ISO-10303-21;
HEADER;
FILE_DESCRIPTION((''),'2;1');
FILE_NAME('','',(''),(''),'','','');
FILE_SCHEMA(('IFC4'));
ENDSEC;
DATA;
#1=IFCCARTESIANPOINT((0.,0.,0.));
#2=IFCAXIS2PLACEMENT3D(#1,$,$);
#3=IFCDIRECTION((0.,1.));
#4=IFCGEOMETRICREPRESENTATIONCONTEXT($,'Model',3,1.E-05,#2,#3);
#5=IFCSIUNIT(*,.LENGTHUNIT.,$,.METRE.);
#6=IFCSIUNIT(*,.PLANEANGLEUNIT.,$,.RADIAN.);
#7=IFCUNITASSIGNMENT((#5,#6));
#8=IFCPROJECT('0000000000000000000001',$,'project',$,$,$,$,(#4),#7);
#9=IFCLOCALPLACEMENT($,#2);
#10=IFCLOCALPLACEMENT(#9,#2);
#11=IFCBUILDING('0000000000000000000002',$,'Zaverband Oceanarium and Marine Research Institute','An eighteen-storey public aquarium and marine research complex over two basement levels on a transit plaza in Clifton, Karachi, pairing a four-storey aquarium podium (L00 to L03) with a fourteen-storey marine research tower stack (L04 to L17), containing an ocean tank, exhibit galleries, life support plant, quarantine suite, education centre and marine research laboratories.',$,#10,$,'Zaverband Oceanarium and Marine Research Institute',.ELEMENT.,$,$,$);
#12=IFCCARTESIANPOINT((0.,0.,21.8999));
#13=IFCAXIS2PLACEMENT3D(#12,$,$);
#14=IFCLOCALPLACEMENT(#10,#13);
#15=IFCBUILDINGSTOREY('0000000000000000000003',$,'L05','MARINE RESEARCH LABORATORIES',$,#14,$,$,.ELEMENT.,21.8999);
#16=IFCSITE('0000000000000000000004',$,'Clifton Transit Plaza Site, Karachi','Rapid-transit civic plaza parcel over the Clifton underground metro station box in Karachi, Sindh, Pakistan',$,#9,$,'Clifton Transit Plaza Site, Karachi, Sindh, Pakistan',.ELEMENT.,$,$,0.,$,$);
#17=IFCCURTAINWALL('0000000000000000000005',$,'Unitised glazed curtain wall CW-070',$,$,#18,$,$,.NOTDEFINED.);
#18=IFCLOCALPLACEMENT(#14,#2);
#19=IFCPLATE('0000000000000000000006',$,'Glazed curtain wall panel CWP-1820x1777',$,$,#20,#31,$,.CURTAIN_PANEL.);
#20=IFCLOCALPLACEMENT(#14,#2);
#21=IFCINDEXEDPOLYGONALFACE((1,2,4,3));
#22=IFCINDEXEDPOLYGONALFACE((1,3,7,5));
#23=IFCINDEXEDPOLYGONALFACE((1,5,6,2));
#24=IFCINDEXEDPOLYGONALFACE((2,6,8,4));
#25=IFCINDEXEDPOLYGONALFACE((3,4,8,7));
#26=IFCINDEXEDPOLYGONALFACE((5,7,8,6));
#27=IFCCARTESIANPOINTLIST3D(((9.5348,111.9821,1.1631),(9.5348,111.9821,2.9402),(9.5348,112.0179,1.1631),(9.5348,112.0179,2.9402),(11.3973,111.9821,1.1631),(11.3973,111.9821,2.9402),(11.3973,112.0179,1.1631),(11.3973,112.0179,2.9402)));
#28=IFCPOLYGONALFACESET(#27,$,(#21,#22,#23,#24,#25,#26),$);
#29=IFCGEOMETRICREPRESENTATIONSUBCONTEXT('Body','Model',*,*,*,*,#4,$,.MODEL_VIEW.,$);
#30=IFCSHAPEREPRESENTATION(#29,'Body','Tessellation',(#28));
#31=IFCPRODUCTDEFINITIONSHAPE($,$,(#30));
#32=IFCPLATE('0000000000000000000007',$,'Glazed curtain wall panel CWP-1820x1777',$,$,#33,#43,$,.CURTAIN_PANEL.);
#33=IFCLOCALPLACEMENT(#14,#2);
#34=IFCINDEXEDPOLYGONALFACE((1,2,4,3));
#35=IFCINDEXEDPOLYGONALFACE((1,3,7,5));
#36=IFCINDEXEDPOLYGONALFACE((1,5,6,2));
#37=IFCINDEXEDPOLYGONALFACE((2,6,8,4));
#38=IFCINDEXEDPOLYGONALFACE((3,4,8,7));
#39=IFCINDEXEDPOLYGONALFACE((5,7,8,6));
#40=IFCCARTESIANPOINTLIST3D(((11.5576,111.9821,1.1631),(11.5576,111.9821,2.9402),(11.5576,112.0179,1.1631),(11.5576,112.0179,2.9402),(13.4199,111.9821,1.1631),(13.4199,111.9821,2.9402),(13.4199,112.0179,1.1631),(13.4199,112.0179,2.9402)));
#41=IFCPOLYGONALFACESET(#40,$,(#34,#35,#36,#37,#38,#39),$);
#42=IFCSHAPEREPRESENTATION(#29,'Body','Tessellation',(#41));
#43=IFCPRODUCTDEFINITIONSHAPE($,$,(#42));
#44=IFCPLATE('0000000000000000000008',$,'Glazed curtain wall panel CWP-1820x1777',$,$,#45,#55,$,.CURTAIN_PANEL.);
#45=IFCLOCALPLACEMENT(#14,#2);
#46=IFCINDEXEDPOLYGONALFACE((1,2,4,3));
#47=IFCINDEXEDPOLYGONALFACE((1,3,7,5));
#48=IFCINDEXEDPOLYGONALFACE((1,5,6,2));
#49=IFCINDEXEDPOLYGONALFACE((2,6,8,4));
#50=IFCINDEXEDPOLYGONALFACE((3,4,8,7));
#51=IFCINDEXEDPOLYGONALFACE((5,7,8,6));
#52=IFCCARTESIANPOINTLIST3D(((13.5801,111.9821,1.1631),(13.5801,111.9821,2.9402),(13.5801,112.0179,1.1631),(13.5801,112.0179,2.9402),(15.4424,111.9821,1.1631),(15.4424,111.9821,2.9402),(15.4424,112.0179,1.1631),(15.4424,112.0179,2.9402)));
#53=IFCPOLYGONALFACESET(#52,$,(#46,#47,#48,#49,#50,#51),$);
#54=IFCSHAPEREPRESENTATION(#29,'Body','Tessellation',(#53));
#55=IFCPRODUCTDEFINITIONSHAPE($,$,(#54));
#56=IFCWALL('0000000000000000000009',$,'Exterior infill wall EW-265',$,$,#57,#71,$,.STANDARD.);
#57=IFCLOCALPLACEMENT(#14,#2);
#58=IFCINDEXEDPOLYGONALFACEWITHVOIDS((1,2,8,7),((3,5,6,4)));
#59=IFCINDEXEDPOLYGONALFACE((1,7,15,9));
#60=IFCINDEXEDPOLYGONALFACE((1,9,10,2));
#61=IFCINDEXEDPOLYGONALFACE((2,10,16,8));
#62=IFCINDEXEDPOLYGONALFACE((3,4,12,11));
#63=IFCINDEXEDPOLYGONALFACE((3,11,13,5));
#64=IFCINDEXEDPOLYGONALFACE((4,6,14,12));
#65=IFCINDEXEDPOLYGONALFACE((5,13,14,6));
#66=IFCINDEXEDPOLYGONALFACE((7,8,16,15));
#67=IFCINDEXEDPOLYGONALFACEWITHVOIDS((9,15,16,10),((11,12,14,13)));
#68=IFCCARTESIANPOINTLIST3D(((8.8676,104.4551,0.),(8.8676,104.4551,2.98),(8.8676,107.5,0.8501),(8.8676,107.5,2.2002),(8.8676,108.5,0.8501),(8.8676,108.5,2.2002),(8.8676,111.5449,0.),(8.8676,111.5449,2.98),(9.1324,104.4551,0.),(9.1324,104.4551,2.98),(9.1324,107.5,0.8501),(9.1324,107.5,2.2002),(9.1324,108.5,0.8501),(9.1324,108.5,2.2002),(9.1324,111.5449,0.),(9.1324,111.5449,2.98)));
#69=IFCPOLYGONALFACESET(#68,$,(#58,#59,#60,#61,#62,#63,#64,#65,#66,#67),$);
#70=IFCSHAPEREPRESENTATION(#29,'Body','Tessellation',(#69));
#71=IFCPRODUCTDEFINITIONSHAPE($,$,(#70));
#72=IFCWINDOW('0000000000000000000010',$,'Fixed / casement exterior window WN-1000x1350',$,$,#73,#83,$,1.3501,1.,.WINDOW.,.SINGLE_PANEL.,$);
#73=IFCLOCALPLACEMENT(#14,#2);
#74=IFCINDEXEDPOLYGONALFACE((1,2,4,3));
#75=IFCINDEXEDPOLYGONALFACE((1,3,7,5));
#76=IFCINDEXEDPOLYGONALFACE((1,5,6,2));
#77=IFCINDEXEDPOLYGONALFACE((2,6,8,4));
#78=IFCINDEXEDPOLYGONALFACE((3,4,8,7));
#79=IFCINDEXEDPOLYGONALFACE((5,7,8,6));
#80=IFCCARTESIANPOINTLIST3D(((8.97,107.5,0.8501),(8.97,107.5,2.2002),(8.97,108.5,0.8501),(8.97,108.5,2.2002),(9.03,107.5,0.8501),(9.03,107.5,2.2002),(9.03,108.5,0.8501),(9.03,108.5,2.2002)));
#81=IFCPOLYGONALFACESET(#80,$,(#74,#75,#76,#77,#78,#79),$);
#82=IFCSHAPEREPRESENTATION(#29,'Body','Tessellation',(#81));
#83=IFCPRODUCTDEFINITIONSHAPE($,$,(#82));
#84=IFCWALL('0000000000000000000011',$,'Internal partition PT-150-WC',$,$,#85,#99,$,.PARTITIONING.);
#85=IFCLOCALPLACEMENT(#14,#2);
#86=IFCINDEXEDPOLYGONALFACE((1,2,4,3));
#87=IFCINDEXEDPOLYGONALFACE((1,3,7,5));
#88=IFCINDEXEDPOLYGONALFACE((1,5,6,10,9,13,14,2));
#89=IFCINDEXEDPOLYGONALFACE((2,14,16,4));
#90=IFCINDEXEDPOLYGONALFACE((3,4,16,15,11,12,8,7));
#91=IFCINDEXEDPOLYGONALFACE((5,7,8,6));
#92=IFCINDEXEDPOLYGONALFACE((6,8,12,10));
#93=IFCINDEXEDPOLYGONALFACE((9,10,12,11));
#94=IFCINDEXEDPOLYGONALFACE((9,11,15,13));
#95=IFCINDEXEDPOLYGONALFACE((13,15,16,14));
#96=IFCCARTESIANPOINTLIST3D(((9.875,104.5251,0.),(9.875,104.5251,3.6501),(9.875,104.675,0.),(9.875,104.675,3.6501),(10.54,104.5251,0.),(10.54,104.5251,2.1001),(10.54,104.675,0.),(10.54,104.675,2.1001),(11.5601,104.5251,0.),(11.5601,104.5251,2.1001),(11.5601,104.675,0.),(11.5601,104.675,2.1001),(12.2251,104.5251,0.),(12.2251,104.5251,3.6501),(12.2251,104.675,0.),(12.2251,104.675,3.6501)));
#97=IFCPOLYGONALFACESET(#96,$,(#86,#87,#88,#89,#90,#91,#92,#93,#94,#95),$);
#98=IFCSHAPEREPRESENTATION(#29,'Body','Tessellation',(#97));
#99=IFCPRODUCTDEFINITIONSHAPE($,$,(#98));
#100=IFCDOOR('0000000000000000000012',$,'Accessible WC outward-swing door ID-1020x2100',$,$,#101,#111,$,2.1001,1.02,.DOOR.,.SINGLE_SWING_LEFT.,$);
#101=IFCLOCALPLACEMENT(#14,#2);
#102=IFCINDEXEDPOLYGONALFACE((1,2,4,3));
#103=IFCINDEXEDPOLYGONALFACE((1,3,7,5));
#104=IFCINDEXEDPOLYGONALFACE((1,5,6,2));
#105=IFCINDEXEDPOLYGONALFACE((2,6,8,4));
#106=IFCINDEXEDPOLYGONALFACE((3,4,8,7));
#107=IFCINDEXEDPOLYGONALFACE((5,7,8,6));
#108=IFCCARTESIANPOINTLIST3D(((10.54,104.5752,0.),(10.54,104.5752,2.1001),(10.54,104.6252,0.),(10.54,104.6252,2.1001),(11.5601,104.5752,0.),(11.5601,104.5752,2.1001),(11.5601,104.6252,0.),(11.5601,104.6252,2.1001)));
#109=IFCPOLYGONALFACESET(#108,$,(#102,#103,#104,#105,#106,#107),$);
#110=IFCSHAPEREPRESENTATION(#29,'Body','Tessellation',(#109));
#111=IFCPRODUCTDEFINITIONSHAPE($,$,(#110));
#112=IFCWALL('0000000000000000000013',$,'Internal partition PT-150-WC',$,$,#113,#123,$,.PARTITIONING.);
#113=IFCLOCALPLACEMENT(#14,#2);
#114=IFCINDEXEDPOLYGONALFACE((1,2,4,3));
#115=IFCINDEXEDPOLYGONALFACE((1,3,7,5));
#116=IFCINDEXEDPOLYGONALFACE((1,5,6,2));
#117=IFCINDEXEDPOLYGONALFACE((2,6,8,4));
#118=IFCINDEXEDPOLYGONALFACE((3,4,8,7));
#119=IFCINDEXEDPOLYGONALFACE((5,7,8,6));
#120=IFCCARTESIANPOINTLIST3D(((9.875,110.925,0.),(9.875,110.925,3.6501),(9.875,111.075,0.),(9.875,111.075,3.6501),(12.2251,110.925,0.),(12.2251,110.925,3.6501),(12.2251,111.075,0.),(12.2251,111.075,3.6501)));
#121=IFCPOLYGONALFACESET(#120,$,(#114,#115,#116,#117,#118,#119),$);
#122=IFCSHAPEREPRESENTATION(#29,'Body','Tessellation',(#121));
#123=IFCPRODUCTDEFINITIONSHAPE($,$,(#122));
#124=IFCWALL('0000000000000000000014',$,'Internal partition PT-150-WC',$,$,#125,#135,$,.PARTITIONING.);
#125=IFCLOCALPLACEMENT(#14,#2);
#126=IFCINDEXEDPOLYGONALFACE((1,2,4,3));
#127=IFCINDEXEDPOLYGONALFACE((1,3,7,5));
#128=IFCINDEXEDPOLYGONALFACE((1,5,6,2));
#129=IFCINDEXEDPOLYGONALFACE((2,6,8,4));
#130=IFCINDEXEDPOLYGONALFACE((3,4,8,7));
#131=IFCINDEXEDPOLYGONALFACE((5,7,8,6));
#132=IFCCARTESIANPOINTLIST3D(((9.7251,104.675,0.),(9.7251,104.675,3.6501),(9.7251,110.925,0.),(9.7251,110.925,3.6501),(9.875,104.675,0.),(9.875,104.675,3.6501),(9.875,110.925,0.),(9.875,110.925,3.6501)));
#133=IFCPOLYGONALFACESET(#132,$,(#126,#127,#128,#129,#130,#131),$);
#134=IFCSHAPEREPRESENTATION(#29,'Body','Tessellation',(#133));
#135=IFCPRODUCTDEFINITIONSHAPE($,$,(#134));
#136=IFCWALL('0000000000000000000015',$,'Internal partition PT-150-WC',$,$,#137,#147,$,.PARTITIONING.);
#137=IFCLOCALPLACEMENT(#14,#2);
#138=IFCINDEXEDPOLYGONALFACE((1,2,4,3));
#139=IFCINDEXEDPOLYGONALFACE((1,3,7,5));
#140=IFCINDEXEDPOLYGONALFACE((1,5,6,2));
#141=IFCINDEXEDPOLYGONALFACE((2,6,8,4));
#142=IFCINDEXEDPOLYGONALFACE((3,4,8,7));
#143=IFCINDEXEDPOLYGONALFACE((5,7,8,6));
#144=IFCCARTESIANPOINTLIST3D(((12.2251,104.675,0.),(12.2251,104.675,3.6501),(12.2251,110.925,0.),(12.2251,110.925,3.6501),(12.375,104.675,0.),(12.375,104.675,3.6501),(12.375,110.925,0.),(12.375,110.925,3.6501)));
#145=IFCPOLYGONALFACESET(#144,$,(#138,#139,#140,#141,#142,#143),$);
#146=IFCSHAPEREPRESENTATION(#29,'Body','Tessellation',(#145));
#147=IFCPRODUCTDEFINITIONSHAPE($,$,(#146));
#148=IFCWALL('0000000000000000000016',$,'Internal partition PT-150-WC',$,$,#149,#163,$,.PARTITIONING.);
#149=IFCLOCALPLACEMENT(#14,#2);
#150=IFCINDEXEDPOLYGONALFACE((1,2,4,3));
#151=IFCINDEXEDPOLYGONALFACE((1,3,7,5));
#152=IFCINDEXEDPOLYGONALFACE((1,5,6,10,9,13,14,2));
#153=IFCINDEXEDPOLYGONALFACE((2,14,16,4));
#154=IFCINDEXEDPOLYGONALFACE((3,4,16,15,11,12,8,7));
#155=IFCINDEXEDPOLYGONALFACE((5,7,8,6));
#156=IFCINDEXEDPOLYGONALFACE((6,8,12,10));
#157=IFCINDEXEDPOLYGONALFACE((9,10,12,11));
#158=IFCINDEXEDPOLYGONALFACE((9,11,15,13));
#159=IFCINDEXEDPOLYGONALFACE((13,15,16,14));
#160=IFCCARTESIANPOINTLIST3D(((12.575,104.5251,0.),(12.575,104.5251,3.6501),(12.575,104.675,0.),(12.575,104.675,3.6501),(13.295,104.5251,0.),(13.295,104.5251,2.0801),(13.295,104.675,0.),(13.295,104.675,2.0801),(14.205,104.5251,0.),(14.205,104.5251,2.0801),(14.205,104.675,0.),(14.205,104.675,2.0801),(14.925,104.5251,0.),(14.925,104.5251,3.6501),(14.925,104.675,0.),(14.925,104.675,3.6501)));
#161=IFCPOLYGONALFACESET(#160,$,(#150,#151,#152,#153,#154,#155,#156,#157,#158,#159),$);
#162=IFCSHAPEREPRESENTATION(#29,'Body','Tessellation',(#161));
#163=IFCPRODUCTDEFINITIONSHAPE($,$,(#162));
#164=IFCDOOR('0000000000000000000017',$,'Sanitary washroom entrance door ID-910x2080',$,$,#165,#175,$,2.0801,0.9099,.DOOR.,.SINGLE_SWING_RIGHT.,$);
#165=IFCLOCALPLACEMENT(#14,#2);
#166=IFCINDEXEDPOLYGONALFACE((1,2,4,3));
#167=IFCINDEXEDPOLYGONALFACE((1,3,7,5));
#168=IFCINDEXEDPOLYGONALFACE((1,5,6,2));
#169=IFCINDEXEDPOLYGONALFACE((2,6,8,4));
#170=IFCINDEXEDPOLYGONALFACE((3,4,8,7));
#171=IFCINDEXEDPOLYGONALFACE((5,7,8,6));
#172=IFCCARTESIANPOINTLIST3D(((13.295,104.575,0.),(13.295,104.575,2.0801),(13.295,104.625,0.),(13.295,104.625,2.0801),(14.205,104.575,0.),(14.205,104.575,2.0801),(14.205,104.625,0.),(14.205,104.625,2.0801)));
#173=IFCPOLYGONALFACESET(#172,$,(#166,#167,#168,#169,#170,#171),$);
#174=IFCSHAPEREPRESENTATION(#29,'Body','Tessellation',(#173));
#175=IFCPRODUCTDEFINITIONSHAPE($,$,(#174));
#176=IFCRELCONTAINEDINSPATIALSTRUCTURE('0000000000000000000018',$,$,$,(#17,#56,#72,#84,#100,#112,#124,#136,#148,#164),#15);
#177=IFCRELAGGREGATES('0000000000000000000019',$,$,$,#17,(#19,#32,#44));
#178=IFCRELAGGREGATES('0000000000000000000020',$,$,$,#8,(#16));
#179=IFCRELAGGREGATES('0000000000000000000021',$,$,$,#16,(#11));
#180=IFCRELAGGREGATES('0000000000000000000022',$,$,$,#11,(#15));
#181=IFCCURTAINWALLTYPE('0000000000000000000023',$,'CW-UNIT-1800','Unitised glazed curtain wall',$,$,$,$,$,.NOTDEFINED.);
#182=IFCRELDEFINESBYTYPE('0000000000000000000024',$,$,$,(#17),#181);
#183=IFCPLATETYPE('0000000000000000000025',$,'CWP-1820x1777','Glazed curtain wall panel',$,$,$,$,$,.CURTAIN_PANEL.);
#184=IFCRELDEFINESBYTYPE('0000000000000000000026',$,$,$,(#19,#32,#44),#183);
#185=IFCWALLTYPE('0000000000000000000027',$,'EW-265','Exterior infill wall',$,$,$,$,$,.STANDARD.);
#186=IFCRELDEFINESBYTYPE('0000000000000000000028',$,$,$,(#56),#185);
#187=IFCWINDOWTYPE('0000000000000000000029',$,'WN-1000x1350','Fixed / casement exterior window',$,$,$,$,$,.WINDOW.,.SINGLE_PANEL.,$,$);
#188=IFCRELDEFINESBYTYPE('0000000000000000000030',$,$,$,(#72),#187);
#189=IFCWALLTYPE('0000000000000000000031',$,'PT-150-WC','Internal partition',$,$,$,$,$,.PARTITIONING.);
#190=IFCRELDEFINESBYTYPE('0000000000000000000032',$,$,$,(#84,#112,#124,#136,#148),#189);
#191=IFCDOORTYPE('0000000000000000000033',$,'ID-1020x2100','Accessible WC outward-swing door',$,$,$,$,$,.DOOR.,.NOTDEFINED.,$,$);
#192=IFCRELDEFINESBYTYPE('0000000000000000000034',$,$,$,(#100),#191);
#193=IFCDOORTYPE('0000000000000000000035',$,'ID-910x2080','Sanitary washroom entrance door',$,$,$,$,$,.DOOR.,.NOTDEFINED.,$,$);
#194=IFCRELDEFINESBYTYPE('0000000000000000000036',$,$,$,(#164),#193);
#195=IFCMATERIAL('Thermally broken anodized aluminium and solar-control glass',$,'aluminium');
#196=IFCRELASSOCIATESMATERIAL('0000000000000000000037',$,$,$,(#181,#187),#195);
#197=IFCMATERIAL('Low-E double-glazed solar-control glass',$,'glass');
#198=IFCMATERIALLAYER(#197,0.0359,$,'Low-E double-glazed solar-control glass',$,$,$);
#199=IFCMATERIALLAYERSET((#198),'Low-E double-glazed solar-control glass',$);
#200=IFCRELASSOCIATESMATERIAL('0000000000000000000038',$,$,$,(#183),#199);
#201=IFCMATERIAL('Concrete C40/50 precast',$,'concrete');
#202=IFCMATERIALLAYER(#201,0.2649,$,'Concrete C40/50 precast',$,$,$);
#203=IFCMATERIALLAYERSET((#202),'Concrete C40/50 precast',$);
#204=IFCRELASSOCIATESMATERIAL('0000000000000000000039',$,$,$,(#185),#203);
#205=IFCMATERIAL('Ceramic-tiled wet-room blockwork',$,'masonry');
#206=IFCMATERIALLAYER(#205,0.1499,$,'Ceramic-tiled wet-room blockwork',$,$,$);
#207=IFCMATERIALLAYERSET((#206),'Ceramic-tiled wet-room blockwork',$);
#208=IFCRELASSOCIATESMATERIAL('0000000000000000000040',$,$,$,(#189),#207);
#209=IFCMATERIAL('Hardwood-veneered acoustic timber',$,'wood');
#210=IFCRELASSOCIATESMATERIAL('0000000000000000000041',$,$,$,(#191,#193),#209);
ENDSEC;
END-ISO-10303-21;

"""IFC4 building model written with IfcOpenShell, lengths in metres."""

from ifc_helpers import new_model, si_unit, direction, frame, frame_2d, origin, place, context, subcontext, project, spatial, rectangle, extrude, material, layer, layer_set, type_object, element, fill, aggregate, save


model = new_model("IFC4")

# Units and contexts
model_context = context("Model", 3, precision=1e-05, world=origin(), true_north=direction((0.0, 1.0)))
body_context = subcontext(model_context, "Body", "Model", "MODEL_VIEW")
ifc_project = project(units=[si_unit("LENGTHUNIT", "METRE"), si_unit("PLANEANGLEUNIT", "RADIAN")], contexts=[model_context])

# Site, building, storey
site_placement = place(None, origin())
site = spatial("IfcSite", under=ifc_project, at=site_placement, Name="Clifton Transit Plaza Site, Karachi", Description="Rapid-transit civic plaza parcel over the Clifton underground metro station box in Karachi, Sindh, Pakistan", LongName="Clifton Transit Plaza Site, Karachi, Sindh, Pakistan", CompositionType="ELEMENT", RefElevation=0.0)
building_placement = place(site_placement, origin())
building = spatial("IfcBuilding", under=site, at=building_placement, Name="Zaverband Oceanarium and Marine Research Institute", Description="An eighteen-storey public aquarium and marine research complex over two basement levels on a transit plaza in Clifton, Karachi, pairing a four-storey aquarium podium (L00 to L03) with a fourteen-storey marine research tower stack (L04 to L17), containing an ocean tank, exhibit galleries, life support plant, quarantine suite, education centre and marine research laboratories.", LongName="Zaverband Oceanarium and Marine Research Institute", CompositionType="ELEMENT")
storey_placement = place(building_placement, frame((0.0, 0.0, 21.8999)))
storey = spatial("IfcBuildingStorey", under=building, at=storey_placement, Name="L05", Description="MARINE RESEARCH LABORATORIES", CompositionType="ELEMENT", Elevation=21.8999)

# Curtain wall
ifc_material_1 = material(Name="Thermally broken anodized aluminium and solar-control glass", Category="aluminium")
curtain_wall_type = type_object("IfcCurtainWallType", Name="CW-UNIT-1800", Description="Unitised glazed curtain wall", PredefinedType="NOTDEFINED", material=ifc_material_1)
curtain_wall_placement = place(storey_placement, origin())
curtain_wall = element("IfcCurtainWall", 1, at=curtain_wall_placement, inside=storey, type_object=curtain_wall_type, Name="Unitised glazed curtain wall CW-070", PredefinedType="NOTDEFINED")

# Plates
ifc_material_2 = material(Name="Low-E double-glazed solar-control glass", Category="glass")
ifc_layer_1 = layer(ifc_material_2, 0.0359, Name="Low-E double-glazed solar-control glass")
ifc_layer_set_1 = layer_set([ifc_layer_1], Name="Low-E double-glazed solar-control glass")
plate_type_1 = type_object("IfcPlateType", Name="CWP-1820x1777", Description="Glazed curtain wall panel", PredefinedType="CURTAIN_PANEL", material=ifc_layer_set_1)
plate_1_placement = place(storey_placement, frame((9.5349, 112.0, 1.1631), z_axis=(0.0, 0.0, 1.0), x_axis=(1.0, 0.0, 0.0)))
plate_1 = element("IfcPlate", 2, at=plate_1_placement, type_object=plate_type_1, Name="Glazed curtain wall panel CWP-1820x1777", PredefinedType="CURTAIN_PANEL", context=body_context, shape_type="SweptSolid", body=[
    extrude(rectangle(XDim=1.8625, YDim=0.0359, at=frame_2d((0.9312, 0.0))), origin(), (0.0, 0.0, 1.0), 1.7771),
])
plate_2_placement = place(storey_placement, frame((11.5576, 112.0, 1.1631), z_axis=(0.0, 0.0, 1.0), x_axis=(1.0, 0.0, 0.0)))
plate_2 = element("IfcPlate", 3, at=plate_2_placement, type_object=plate_type_1, Name="Glazed curtain wall panel CWP-1820x1777", PredefinedType="CURTAIN_PANEL", context=body_context, shape_type="SweptSolid", body=[
    extrude(rectangle(XDim=1.8623, YDim=0.0359, at=frame_2d((0.9312, 0.0))), origin(), (0.0, 0.0, 1.0), 1.7771),
])
plate_3_placement = place(storey_placement, frame((13.5801, 112.0, 1.1631), z_axis=(0.0, 0.0, 1.0), x_axis=(1.0, 0.0, 0.0)))
plate_3 = element("IfcPlate", 4, at=plate_3_placement, type_object=plate_type_1, Name="Glazed curtain wall panel CWP-1820x1777", PredefinedType="CURTAIN_PANEL", context=body_context, shape_type="SweptSolid", body=[
    extrude(rectangle(XDim=1.8623, YDim=0.0359, at=frame_2d((0.9312, 0.0))), origin(), (0.0, 0.0, 1.0), 1.7771),
])
aggregate(curtain_wall, [plate_1, plate_2, plate_3])

# Wall, opening, window
ifc_material_3 = material(Name="Concrete C40/50 precast", Category="concrete")
ifc_layer_2 = layer(ifc_material_3, 0.2649, Name="Concrete C40/50 precast")
ifc_layer_set_2 = layer_set([ifc_layer_2], Name="Concrete C40/50 precast")
wall_type_1 = type_object("IfcWallType", Name="EW-265", Description="Exterior infill wall", PredefinedType="STANDARD", material=ifc_layer_set_2)
wall_1_placement = place(storey_placement, frame((9.0, 104.4551, 0.0), z_axis=(0.0, 0.0, 1.0), x_axis=(0.0, 1.0, 0.0)))
wall_1 = element("IfcWall", 5, at=wall_1_placement, inside=storey, type_object=wall_type_1, Name="Exterior infill wall EW-265", PredefinedType="STANDARD", context=body_context, shape_type="SweptSolid", body=[
    extrude(rectangle(XDim=7.0898, YDim=0.2649, at=frame_2d((3.5449, 0.0))), origin(), (0.0, 0.0, 1.0), 2.98),
])
opening_1_placement = place(wall_1_placement, frame((3.0449, 0.0, 0.8501)))
opening_1 = element("IfcOpeningElement", 6, at=opening_1_placement, cuts=wall_1, PredefinedType="OPENING", context=body_context, shape_type="SweptSolid", body=[
    extrude(rectangle(XDim=1.0, YDim=1.3501, at=frame_2d((0.5, 0.675))), frame((0.0, 0.1445, 0.0), z_axis=(0.0, -1.0, 0.0), x_axis=(1.0, 0.0, 0.0)), (0.0, 0.0, 1.0), 0.2888),
])
window_type = type_object("IfcWindowType", Name="WN-1000x1350", Description="Fixed / casement exterior window", PartitioningType="SINGLE_PANEL", PredefinedType="WINDOW", material=ifc_material_1)
window_placement = place(opening_1_placement, origin())
window = element("IfcWindow", 7, at=window_placement, inside=storey, type_object=window_type, Name="Fixed / casement exterior window WN-1000x1350", OverallHeight=1.3501, OverallWidth=1.0, PartitioningType="SINGLE_PANEL", PredefinedType="WINDOW", context=body_context, shape_type="SweptSolid", body=[
    extrude(rectangle(XDim=1.0, YDim=1.3501, at=frame_2d((0.5, 0.675))), frame((0.0, 0.03, 0.0), z_axis=(0.0, -1.0, 0.0), x_axis=(1.0, 0.0, 0.0)), (0.0, 0.0, 1.0), 0.0601),
])
fill(opening_1, window)

# Wall, opening, door
ifc_material_4 = material(Name="Ceramic-tiled wet-room blockwork", Category="masonry")
ifc_layer_3 = layer(ifc_material_4, 0.1499, Name="Ceramic-tiled wet-room blockwork")
ifc_layer_set_3 = layer_set([ifc_layer_3], Name="Ceramic-tiled wet-room blockwork")
wall_type_2 = type_object("IfcWallType", Name="PT-150-WC", Description="Internal partition", PredefinedType="PARTITIONING", material=ifc_layer_set_3)
wall_2_placement = place(storey_placement, frame((9.875, 104.6001, 0.0), z_axis=(0.0, 0.0, 1.0), x_axis=(1.0, 0.0, 0.0)))
wall_2 = element("IfcWall", 8, at=wall_2_placement, inside=storey, type_object=wall_type_2, Name="Internal partition PT-150-WC", PredefinedType="PARTITIONING", context=body_context, shape_type="SweptSolid", body=[
    extrude(rectangle(XDim=2.3501, YDim=0.1499, at=frame_2d((1.175, 0.0))), origin(), (0.0, 0.0, 1.0), 3.6501),
])
opening_2_placement = place(wall_2_placement, frame((0.665, 0.0, 0.0)))
opening_2 = element("IfcOpeningElement", 9, at=opening_2_placement, cuts=wall_2, PredefinedType="OPENING", context=body_context, shape_type="SweptSolid", body=[
    extrude(rectangle(XDim=1.02, YDim=2.1001, at=frame_2d((0.51, 1.05))), frame((0.0, 0.0869, 0.0), z_axis=(0.0, -1.0, 0.0), x_axis=(1.0, 0.0, 0.0)), (0.0, 0.0, 1.0), 0.1738),
])
ifc_material_5 = material(Name="Hardwood-veneered acoustic timber", Category="wood")
door_type_1 = type_object("IfcDoorType", Name="ID-1020x2100", Description="Accessible WC outward-swing door", OperationType="NOTDEFINED", PredefinedType="DOOR", material=ifc_material_5)
door_1_placement = place(opening_2_placement, frame((1.02, 0.0, 0.0), z_axis=(0.0, 0.0, 1.0), x_axis=(-1.0, 0.0, 0.0)))
door_1 = element("IfcDoor", 10, at=door_1_placement, inside=storey, type_object=door_type_1, Name="Accessible WC outward-swing door ID-1020x2100", OperationType="SINGLE_SWING_LEFT", OverallHeight=2.1001, OverallWidth=1.02, PredefinedType="DOOR", context=body_context, shape_type="SweptSolid", body=[
    extrude(rectangle(XDim=1.02, YDim=2.1001, at=frame_2d((0.51, 1.05))), frame((0.0, 0.0249, 0.0), z_axis=(0.0, -1.0, 0.0), x_axis=(1.0, 0.0, 0.0)), (0.0, 0.0, 1.0), 0.05),
])
fill(opening_2, door_1)

# Walls
wall_3_placement = place(storey_placement, frame((9.875, 111.0, 0.0), z_axis=(0.0, 0.0, 1.0), x_axis=(1.0, 0.0, 0.0)))
element("IfcWall", 11, at=wall_3_placement, inside=storey, type_object=wall_type_2, Name="Internal partition PT-150-WC", PredefinedType="PARTITIONING", context=body_context, shape_type="SweptSolid", body=[
    extrude(rectangle(XDim=2.3501, YDim=0.1499, at=frame_2d((1.175, 0.0))), origin(), (0.0, 0.0, 1.0), 3.6501),
])
for number, where, z_axis, x_axis, name in (
    (12, (9.8, 104.675, 0.0), (0.0, 0.0, 1.0), (0.0, 1.0, 0.0), "Internal partition PT-150-WC"),
    (13, (12.3, 104.675, 0.0), (0.0, 0.0, 1.0), (0.0, 1.0, 0.0), "Internal partition PT-150-WC"),
):
    element("IfcWall", number, at=place(storey_placement, frame(where, z_axis=z_axis, x_axis=x_axis)), inside=storey, type_object=wall_type_2, Name=name, PredefinedType="PARTITIONING", context=body_context, shape_type="SweptSolid", body=[
        extrude(rectangle(XDim=6.25, YDim=0.1499, at=frame_2d((3.125, 0.0))), origin(), (0.0, 0.0, 1.0), 3.6501),
    ])

# Wall, opening, door
wall_4_placement = place(storey_placement, frame((12.575, 104.6001, 0.0), z_axis=(0.0, 0.0, 1.0), x_axis=(1.0, 0.0, 0.0)))
wall_4 = element("IfcWall", 14, at=wall_4_placement, inside=storey, type_object=wall_type_2, Name="Internal partition PT-150-WC", PredefinedType="PARTITIONING", context=body_context, shape_type="SweptSolid", body=[
    extrude(rectangle(XDim=2.3501, YDim=0.1499, at=frame_2d((1.175, 0.0))), origin(), (0.0, 0.0, 1.0), 3.6501),
])
opening_3_placement = place(wall_4_placement, frame((0.72, 0.0, 0.0)))
opening_3 = element("IfcOpeningElement", 15, at=opening_3_placement, cuts=wall_4, PredefinedType="OPENING", context=body_context, shape_type="SweptSolid", body=[
    extrude(rectangle(XDim=0.9099, YDim=2.0801, at=frame_2d((0.4551, 1.04))), frame((0.0, 0.0869, 0.0), z_axis=(0.0, -1.0, 0.0), x_axis=(1.0, 0.0, 0.0)), (0.0, 0.0, 1.0), 0.1738),
])
door_type_2 = type_object("IfcDoorType", Name="ID-910x2080", Description="Sanitary washroom entrance door", OperationType="NOTDEFINED", PredefinedType="DOOR", material=ifc_material_5)
door_2_placement = place(opening_3_placement, origin())
door_2 = element("IfcDoor", 16, at=door_2_placement, inside=storey, type_object=door_type_2, Name="Sanitary washroom entrance door ID-910x2080", OperationType="SINGLE_SWING_RIGHT", OverallHeight=2.0801, OverallWidth=0.9099, PredefinedType="DOOR", context=body_context, shape_type="SweptSolid", body=[
    extrude(rectangle(XDim=0.9099, YDim=2.0801, at=frame_2d((0.4551, 1.04))), frame((0.0, 0.0249, 0.0), z_axis=(0.0, -1.0, 0.0), x_axis=(1.0, 0.0, 0.0)), (0.0, 0.0, 1.0), 0.05),
])
fill(opening_3, door_2)

save(model, "model.ifc")
